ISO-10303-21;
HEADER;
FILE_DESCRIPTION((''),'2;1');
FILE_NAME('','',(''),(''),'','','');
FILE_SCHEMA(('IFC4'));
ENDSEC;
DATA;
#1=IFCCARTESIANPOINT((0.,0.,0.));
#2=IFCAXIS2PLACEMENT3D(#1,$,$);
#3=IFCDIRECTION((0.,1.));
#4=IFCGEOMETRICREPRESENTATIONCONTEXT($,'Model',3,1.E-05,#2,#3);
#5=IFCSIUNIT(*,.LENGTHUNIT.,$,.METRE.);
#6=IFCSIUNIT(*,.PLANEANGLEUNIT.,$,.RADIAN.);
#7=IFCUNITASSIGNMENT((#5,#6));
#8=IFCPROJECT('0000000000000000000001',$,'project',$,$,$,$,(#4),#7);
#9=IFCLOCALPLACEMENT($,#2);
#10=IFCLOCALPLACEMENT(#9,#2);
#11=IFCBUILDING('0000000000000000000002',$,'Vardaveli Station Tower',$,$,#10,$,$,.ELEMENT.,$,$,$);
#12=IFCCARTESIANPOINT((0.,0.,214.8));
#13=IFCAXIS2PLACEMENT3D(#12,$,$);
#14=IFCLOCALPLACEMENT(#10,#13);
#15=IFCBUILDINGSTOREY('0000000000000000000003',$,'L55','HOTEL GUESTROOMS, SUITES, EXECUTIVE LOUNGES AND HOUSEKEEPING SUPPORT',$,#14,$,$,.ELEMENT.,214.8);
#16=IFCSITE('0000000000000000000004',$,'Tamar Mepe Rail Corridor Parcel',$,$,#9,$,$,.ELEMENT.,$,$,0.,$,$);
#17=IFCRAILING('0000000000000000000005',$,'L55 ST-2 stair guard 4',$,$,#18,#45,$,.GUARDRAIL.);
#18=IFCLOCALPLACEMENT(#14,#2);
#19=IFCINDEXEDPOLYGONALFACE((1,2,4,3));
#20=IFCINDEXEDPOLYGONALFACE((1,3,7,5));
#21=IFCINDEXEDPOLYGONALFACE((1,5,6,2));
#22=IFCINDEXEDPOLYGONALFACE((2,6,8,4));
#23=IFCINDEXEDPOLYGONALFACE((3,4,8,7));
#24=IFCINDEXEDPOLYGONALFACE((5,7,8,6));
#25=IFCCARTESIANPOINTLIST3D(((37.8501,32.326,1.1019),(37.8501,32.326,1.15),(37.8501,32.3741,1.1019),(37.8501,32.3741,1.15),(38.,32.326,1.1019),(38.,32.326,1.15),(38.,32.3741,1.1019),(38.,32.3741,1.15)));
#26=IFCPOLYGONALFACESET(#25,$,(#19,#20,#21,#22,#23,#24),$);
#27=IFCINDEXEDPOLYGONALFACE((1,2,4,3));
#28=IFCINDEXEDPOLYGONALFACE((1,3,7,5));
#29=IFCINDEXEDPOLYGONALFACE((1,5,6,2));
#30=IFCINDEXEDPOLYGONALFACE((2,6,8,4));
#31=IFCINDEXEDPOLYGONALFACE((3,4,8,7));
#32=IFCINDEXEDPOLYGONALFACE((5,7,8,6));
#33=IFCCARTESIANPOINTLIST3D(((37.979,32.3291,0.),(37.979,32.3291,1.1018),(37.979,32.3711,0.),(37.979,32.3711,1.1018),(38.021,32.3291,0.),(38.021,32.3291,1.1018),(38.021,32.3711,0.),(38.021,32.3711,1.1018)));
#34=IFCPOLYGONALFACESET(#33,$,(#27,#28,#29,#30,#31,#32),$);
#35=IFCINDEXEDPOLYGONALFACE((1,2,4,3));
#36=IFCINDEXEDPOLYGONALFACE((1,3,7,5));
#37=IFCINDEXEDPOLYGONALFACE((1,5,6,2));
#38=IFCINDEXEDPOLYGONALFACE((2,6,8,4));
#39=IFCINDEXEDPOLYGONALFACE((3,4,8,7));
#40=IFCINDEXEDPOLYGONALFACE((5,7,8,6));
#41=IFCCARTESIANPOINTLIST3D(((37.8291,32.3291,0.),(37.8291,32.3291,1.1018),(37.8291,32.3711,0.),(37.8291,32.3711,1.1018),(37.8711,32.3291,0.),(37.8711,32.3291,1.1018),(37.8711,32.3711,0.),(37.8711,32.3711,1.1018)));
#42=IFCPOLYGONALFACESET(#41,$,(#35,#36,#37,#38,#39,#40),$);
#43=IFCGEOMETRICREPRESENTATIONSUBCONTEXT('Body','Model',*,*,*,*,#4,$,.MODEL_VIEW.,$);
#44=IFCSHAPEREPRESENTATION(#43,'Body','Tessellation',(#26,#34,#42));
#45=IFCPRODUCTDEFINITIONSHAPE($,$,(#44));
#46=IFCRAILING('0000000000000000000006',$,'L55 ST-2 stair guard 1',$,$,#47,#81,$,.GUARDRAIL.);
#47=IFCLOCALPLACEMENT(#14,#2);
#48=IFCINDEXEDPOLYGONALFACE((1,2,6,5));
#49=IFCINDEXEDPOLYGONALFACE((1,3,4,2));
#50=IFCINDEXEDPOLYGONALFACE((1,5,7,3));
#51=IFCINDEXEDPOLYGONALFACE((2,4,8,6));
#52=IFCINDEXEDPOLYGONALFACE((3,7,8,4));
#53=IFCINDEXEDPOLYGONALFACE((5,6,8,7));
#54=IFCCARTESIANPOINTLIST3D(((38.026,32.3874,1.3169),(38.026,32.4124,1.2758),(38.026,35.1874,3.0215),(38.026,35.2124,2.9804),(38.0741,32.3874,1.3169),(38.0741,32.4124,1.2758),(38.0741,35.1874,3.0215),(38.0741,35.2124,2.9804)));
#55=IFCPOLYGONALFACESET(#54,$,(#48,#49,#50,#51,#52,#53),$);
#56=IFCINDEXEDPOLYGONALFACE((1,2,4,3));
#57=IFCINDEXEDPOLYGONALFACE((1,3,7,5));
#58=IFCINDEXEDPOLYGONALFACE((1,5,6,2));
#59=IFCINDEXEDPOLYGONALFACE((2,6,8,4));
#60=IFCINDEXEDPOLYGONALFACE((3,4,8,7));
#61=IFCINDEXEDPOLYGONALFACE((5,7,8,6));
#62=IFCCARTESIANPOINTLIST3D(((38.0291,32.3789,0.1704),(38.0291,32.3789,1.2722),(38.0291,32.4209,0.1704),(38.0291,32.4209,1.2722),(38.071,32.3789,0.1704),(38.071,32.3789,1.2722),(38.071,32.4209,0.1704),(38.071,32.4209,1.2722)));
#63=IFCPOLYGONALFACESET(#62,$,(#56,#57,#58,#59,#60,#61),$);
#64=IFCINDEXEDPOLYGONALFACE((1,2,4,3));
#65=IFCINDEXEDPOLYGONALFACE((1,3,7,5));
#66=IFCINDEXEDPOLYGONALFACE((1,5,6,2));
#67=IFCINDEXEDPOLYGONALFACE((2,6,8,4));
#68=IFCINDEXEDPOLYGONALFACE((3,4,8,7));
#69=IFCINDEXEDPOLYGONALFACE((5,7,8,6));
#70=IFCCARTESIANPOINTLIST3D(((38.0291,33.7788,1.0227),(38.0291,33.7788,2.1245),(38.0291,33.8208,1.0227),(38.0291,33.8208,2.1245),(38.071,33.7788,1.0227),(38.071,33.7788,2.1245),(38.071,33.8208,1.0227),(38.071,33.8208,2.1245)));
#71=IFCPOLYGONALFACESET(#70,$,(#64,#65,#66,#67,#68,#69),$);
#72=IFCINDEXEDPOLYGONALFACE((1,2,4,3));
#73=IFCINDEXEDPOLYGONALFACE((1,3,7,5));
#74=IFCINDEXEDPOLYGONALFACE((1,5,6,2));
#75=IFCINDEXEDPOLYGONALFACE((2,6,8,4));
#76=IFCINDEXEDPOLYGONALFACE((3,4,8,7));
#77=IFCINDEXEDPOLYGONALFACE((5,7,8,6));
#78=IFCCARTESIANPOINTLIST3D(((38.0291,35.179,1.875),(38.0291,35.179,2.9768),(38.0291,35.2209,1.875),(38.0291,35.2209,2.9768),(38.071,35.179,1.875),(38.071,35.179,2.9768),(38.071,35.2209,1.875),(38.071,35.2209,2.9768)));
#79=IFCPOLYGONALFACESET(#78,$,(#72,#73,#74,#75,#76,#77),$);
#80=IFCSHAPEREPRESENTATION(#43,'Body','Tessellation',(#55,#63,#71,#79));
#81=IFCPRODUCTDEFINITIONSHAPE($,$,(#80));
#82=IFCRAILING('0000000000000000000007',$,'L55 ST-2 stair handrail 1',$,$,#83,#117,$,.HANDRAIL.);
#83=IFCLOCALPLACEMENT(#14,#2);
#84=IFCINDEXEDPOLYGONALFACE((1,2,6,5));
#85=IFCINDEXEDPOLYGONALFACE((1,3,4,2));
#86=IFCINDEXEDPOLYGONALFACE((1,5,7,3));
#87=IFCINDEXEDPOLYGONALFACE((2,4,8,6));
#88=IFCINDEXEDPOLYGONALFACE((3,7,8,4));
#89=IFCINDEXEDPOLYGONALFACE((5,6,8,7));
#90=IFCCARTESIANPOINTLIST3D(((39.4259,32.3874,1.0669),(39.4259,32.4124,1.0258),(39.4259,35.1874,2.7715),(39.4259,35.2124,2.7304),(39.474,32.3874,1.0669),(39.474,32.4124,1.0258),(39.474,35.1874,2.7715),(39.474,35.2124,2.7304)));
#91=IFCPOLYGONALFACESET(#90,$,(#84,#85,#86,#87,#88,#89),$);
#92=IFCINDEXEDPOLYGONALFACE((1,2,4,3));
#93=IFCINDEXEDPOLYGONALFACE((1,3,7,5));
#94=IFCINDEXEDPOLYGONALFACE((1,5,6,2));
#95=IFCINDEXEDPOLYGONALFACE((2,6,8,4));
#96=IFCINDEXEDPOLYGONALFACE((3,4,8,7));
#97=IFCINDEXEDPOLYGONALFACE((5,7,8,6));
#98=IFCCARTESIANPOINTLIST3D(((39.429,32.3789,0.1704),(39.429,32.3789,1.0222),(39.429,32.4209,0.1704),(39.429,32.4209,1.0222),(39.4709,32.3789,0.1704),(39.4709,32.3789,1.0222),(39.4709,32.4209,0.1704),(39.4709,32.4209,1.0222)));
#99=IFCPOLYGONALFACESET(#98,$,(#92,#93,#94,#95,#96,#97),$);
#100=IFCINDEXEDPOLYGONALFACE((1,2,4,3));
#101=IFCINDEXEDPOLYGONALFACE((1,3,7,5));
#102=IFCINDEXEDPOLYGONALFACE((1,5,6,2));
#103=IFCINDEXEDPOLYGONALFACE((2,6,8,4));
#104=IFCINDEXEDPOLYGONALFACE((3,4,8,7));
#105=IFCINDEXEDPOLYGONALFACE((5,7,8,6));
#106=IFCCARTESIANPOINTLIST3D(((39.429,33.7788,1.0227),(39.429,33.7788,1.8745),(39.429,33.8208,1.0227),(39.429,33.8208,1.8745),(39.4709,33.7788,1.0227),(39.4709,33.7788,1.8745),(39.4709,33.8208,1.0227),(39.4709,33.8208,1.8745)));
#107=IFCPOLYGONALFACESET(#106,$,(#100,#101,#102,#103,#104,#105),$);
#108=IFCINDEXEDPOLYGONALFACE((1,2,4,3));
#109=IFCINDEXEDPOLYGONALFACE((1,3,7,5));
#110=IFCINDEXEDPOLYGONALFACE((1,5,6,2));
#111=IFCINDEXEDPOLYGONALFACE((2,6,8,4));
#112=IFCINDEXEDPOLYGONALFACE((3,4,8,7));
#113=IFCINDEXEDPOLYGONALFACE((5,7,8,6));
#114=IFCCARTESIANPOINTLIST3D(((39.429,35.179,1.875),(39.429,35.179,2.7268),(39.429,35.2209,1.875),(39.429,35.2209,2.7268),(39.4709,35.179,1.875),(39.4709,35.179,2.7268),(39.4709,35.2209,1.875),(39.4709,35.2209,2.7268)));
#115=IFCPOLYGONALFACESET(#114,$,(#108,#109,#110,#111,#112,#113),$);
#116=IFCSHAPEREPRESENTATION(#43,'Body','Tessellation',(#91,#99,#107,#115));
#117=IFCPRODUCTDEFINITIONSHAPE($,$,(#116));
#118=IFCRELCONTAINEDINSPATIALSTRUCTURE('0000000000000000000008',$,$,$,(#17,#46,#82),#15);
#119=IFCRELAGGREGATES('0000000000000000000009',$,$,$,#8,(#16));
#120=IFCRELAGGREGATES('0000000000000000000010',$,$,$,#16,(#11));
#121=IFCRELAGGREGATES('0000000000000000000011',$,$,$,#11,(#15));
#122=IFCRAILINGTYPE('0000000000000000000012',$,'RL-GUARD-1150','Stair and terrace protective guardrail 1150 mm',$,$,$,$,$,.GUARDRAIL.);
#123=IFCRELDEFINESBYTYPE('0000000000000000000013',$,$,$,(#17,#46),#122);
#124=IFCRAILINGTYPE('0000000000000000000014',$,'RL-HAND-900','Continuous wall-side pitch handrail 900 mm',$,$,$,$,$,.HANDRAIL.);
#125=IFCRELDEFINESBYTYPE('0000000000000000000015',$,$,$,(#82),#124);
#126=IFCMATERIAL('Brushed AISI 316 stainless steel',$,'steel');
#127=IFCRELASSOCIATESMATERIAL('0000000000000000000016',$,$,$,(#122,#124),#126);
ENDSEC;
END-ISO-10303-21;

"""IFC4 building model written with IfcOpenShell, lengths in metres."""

from ifc_helpers import new_model, si_unit, direction, frame, origin, origin_2d, place, context, subcontext, project, spatial, rectangle, extrude, source, transform, mapped, material, type_object, element, save


model = new_model("IFC4")

# Units and contexts
model_context = context("Model", 3, precision=1e-05, world=origin(), true_north=direction((0.0, 1.0)))
body_context = subcontext(model_context, "Body", "Model", "MODEL_VIEW")
ifc_project = project(units=[si_unit("LENGTHUNIT", "METRE"), si_unit("PLANEANGLEUNIT", "RADIAN")], contexts=[model_context])

# Site, building, storey
site_placement = place(None, origin())
site = spatial("IfcSite", under=ifc_project, at=site_placement, Name="Tamar Mepe Rail Corridor Parcel", CompositionType="ELEMENT", RefElevation=0.0)
building_placement = place(site_placement, origin())
building = spatial("IfcBuilding", under=site, at=building_placement, Name="Vardaveli Station Tower", CompositionType="ELEMENT")
storey_placement = place(building_placement, frame((0.0, 0.0, 214.8)))
storey = spatial("IfcBuildingStorey", under=building, at=storey_placement, Name="L55", Description="HOTEL GUESTROOMS, SUITES, EXECUTIVE LOUNGES AND HOUSEKEEPING SUPPORT", CompositionType="ELEMENT", Elevation=214.8)

# Railings
ifc_material_1 = material(Name="Brushed AISI 316 stainless steel", Category="steel")
railing_type_1 = type_object("IfcRailingType", Name="RL-GUARD-1150", Description="Stair and terrace protective guardrail 1150 mm", PredefinedType="GUARDRAIL", material=ifc_material_1)
shared_shape_1 = source(origin(), body_context, "Body", "SweptSolid", [
    extrude(rectangle(XDim=0.0481, YDim=0.0481, at=origin_2d()), frame((0.0, 0.0, 1.126), z_axis=(-1.0, 0.0, 0.0), x_axis=(0.0, -1.0, 0.0)), (0.0, 0.0, 1.0), 0.1499),
    extrude(rectangle(XDim=0.042, YDim=0.042, at=origin_2d()), origin(), (0.0, 0.0, 1.0), 1.1018),
    extrude(rectangle(XDim=0.042, YDim=0.042, at=origin_2d()), frame((-0.1499, 0.0, 0.0)), (0.0, 0.0, 1.0), 1.1018),
])
railing_1_placement = place(storey_placement, frame((38.0, 32.3501, 0.0)))
element("IfcRailing", 1, at=railing_1_placement, inside=storey, type_object=railing_type_1, Name="L55 ST-2 stair guard 4", PredefinedType="GUARDRAIL", context=body_context, shape_type="MappedRepresentation", body=[
    mapped(shared_shape_1, transform((0.0, 0.0, 0.0), scale=1.0)),
])
shared_shape_2 = source(origin(), body_context, "Body", "SweptSolid", [
    extrude(rectangle(XDim=0.0481, YDim=0.0481, at=origin_2d()), frame((0.0, 0.0, 1.126), z_axis=(0.0, 0.85417, 0.519994), x_axis=(-1.0, 0.0, 0.0)), (0.0, 0.0, 1.0), 3.2781),
    extrude(rectangle(XDim=0.042, YDim=0.042, at=origin_2d()), origin(), (0.0, 0.0, 1.0), 1.1018),
    extrude(rectangle(XDim=0.042, YDim=0.042, at=origin_2d()), frame((0.0, 1.3999, 0.8523)), (0.0, 0.0, 1.0), 1.1018),
    extrude(rectangle(XDim=0.042, YDim=0.042, at=origin_2d()), frame((0.0, 2.8, 1.7046)), (0.0, 0.0, 1.0), 1.1018),
])
railing_2_placement = place(storey_placement, frame((38.05, 32.3999, 0.1704)))
element("IfcRailing", 2, at=railing_2_placement, inside=storey, type_object=railing_type_1, Name="L55 ST-2 stair guard 1", PredefinedType="GUARDRAIL", context=body_context, shape_type="MappedRepresentation", body=[
    mapped(shared_shape_2, transform((0.0, 0.0, 0.0), scale=1.0)),
])
railing_type_2 = type_object("IfcRailingType", Name="RL-HAND-900", Description="Continuous wall-side pitch handrail 900 mm", PredefinedType="HANDRAIL", material=ifc_material_1)
shared_shape_3 = source(origin(), body_context, "Body", "SweptSolid", [
    extrude(rectangle(XDim=0.0481, YDim=0.0481, at=origin_2d()), frame((0.0, 0.0, 0.876), z_axis=(0.0, 0.85417, 0.519994), x_axis=(-1.0, 0.0, 0.0)), (0.0, 0.0, 1.0), 3.2781),
    extrude(rectangle(XDim=0.042, YDim=0.042, at=origin_2d()), origin(), (0.0, 0.0, 1.0), 0.8518),
    extrude(rectangle(XDim=0.042, YDim=0.042, at=origin_2d()), frame((0.0, 1.3999, 0.8523)), (0.0, 0.0, 1.0), 0.8518),
    extrude(rectangle(XDim=0.042, YDim=0.042, at=origin_2d()), frame((0.0, 2.8, 1.7046)), (0.0, 0.0, 1.0), 0.8518),
])
railing_3_placement = place(storey_placement, frame((39.45, 32.3999, 0.1704)))
element("IfcRailing", 3, at=railing_3_placement, inside=storey, type_object=railing_type_2, Name="L55 ST-2 stair handrail 1", PredefinedType="HANDRAIL", context=body_context, shape_type="MappedRepresentation", body=[
    mapped(shared_shape_3, transform((0.0, 0.0, 0.0), scale=1.0)),
])

save(model, "model.ifc")
